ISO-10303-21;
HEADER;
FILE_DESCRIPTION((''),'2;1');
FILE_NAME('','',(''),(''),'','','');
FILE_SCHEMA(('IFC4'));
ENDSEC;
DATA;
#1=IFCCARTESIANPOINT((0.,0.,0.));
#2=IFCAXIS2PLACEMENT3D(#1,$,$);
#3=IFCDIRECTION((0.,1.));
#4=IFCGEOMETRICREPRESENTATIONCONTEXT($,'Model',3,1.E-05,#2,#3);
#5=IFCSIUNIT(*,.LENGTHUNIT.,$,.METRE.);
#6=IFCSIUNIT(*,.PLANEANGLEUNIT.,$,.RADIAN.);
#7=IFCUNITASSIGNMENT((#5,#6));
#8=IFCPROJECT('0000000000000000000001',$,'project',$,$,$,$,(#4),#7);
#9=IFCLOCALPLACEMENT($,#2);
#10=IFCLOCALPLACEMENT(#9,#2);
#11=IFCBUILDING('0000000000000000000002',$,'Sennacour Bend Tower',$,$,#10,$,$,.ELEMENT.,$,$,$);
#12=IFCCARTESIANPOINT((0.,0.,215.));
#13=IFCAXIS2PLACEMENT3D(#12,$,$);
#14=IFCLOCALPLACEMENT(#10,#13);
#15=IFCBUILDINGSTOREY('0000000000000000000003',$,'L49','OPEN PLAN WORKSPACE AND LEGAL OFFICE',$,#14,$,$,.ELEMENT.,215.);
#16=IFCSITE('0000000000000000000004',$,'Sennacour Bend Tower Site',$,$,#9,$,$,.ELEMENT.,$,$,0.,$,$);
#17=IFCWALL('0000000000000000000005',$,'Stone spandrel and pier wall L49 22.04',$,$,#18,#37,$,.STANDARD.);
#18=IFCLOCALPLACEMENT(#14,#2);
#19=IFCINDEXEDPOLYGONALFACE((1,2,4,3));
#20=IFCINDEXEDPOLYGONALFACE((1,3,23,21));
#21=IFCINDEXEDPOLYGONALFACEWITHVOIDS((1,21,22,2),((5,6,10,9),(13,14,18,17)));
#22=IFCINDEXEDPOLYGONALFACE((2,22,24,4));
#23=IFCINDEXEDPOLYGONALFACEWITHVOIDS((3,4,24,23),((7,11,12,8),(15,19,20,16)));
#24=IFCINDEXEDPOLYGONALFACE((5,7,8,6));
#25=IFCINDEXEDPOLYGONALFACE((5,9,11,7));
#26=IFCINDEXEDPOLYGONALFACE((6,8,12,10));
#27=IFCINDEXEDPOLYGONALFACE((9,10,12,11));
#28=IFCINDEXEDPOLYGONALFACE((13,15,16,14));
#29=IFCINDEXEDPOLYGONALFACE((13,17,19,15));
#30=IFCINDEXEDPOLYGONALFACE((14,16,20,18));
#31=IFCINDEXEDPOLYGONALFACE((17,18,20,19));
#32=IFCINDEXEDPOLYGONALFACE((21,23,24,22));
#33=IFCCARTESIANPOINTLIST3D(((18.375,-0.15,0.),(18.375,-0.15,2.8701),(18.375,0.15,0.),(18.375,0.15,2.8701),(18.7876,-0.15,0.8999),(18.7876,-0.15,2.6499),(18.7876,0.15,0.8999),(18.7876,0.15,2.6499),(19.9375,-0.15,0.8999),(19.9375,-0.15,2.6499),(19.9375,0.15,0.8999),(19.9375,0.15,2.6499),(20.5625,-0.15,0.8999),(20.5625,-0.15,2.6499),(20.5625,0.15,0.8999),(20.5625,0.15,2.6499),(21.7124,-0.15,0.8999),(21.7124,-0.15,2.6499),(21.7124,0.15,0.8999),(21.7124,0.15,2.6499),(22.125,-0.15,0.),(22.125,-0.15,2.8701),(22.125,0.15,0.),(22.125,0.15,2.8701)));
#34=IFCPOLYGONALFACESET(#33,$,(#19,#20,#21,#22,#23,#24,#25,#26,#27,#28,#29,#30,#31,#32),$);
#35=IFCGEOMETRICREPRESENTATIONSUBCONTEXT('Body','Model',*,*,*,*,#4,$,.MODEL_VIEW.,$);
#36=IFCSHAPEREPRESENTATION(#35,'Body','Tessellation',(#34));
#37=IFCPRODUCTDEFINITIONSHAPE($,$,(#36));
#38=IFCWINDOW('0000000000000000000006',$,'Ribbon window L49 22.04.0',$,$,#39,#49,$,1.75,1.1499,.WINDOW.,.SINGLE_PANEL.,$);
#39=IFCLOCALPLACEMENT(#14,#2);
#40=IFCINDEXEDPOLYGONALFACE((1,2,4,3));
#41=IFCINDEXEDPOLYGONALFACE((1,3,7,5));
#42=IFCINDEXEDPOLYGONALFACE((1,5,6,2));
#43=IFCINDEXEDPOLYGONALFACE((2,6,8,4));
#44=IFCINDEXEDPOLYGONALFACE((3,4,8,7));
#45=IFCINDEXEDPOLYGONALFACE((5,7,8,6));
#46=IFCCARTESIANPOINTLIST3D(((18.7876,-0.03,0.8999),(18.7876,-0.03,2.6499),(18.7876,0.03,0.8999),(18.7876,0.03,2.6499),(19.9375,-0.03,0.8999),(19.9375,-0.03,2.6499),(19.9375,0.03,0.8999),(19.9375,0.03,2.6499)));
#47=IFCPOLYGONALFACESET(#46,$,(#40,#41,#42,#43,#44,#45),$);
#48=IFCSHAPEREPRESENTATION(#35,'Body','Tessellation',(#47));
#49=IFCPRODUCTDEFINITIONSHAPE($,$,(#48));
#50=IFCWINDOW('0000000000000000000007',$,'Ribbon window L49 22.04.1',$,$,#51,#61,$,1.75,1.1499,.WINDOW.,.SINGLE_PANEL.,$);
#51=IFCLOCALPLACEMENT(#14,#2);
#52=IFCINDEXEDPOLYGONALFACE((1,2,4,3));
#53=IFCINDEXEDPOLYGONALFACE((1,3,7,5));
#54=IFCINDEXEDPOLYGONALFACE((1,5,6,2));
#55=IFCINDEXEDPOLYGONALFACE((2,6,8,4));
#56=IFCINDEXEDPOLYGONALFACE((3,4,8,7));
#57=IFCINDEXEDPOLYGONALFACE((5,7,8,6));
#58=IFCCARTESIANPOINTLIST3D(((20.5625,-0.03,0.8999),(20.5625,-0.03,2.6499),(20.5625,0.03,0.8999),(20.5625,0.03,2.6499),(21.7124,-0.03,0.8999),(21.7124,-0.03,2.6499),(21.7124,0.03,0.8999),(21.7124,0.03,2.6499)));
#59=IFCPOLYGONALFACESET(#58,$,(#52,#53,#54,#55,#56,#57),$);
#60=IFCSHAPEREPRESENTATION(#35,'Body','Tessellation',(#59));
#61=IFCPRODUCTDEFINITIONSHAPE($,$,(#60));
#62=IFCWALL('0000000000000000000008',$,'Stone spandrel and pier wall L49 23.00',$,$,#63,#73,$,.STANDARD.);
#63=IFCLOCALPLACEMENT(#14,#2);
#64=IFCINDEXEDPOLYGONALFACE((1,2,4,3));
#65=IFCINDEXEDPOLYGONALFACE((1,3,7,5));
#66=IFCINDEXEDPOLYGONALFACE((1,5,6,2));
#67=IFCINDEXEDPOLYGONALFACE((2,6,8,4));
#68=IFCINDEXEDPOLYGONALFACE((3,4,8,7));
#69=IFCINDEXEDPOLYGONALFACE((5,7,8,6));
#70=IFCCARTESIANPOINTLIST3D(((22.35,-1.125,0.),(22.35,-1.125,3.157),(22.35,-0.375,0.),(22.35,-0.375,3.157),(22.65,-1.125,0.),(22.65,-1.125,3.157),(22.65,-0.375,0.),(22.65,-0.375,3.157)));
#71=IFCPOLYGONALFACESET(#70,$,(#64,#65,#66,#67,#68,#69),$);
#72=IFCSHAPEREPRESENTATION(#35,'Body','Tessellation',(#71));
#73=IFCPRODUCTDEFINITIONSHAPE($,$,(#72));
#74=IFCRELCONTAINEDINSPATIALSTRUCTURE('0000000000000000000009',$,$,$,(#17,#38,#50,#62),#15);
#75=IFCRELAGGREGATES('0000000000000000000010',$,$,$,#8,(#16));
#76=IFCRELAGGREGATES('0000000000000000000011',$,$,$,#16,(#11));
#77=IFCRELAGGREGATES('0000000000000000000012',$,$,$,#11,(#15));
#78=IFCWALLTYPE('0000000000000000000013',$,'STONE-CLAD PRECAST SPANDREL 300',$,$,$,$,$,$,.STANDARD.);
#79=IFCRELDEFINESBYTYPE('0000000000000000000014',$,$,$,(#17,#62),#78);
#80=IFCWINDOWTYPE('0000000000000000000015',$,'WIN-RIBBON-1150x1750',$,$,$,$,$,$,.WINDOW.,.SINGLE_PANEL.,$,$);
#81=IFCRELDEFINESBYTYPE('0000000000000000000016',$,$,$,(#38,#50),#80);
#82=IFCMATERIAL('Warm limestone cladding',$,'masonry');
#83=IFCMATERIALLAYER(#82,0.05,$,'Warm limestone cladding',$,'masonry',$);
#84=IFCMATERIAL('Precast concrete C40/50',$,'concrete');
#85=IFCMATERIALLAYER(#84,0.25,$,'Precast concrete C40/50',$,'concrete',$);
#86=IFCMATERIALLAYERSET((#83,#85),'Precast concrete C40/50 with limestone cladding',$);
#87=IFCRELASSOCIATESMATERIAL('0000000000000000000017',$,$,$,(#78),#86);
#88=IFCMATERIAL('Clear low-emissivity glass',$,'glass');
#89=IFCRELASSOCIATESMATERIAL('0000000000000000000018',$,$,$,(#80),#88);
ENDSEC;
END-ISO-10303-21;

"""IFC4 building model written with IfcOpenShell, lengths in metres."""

from ifc_helpers import new_model, si_unit, direction, frame, frame_2d, origin, place, context, subcontext, project, spatial, rectangle, extrude, material, layer, layer_set, type_object, element, fill, save


model = new_model("IFC4")

# Units and contexts
model_context = context("Model", 3, precision=1e-05, world=origin(), true_north=direction((0.0, 1.0)))
body_context = subcontext(model_context, "Body", "Model", "MODEL_VIEW")
ifc_project = project(units=[si_unit("LENGTHUNIT", "METRE"), si_unit("PLANEANGLEUNIT", "RADIAN")], contexts=[model_context])

# Site, building, storey
site_placement = place(None, origin())
site = spatial("IfcSite", under=ifc_project, at=site_placement, Name="Sennacour Bend Tower Site", CompositionType="ELEMENT", RefElevation=0.0)
building_placement = place(site_placement, origin())
building = spatial("IfcBuilding", under=site, at=building_placement, Name="Sennacour Bend Tower", CompositionType="ELEMENT")
storey_placement = place(building_placement, frame((0.0, 0.0, 215.0)))
storey = spatial("IfcBuildingStorey", under=building, at=storey_placement, Name="L49", Description="OPEN PLAN WORKSPACE AND LEGAL OFFICE", CompositionType="ELEMENT", Elevation=215.0)

# Wall, openings, windows
ifc_material_1 = material(Name="Warm limestone cladding", Category="masonry")
ifc_layer_1 = layer(ifc_material_1, 0.05, Name="Warm limestone cladding", Category="masonry")
ifc_material_2 = material(Name="Precast concrete C40/50", Category="concrete")
ifc_layer_2 = layer(ifc_material_2, 0.25, Name="Precast concrete C40/50", Category="concrete")
ifc_layer_set_1 = layer_set([ifc_layer_1, ifc_layer_2], Name="Precast concrete C40/50 with limestone cladding")
wall_type_1 = type_object("IfcWallType", Name="STONE-CLAD PRECAST SPANDREL 300", PredefinedType="STANDARD", material=ifc_layer_set_1)
ifc_material_3 = material(Name="Clear low-emissivity glass", Category="glass")
wall_1_placement = place(storey_placement, frame((18.375, 0.0, 0.0), z_axis=(0.0, 0.0, 1.0), x_axis=(1.0, 0.0, 0.0)))
wall_1 = element("IfcWall", 1, at=wall_1_placement, inside=storey, type_object=wall_type_1, Name="Stone spandrel and pier wall L49 22.04", PredefinedType="STANDARD", context=body_context, shape_type="SweptSolid", body=[
    extrude(rectangle(XDim=3.75, YDim=0.3, at=frame_2d((1.875, 0.0))), origin(), (0.0, 0.0, 1.0), 2.8701),
])
opening_1_placement = place(wall_1_placement, frame((0.4126, 0.0, 0.8999)))
opening_1 = element("IfcOpeningElement", 2, at=opening_1_placement, cuts=wall_1, PredefinedType="OPENING", context=body_context, shape_type="SweptSolid", body=[
    extrude(rectangle(XDim=1.1499, YDim=1.75, at=frame_2d((0.575, 0.875))), frame((0.0, 0.1602, 0.0), z_axis=(0.0, -1.0, 0.0), x_axis=(1.0, 0.0, 0.0)), (0.0, 0.0, 1.0), 0.3201),
])
opening_2_placement = place(wall_1_placement, frame((2.1875, 0.0, 0.8999)))
opening_2 = element("IfcOpeningElement", 3, at=opening_2_placement, cuts=wall_1, PredefinedType="OPENING", context=body_context, shape_type="SweptSolid", body=[
    extrude(rectangle(XDim=1.1499, YDim=1.75, at=frame_2d((0.575, 0.875))), frame((0.0, 0.1602, 0.0), z_axis=(0.0, -1.0, 0.0), x_axis=(1.0, 0.0, 0.0)), (0.0, 0.0, 1.0), 0.3201),
])
window_type_1 = type_object("IfcWindowType", Name="WIN-RIBBON-1150x1750", PartitioningType="SINGLE_PANEL", PredefinedType="WINDOW", material=ifc_material_3)
window_1_placement = place(opening_1_placement, origin())
window_1 = element("IfcWindow", 4, at=window_1_placement, inside=storey, type_object=window_type_1, Name="Ribbon window L49 22.04.0", OverallHeight=1.75, OverallWidth=1.1499, PartitioningType="SINGLE_PANEL", PredefinedType="WINDOW", context=body_context, shape_type="SweptSolid", body=[
    extrude(rectangle(XDim=1.1499, YDim=1.75, at=frame_2d((0.575, 0.875))), frame((0.0, 0.03, 0.0), z_axis=(0.0, -1.0, 0.0), x_axis=(1.0, 0.0, 0.0)), (0.0, 0.0, 1.0), 0.0601),
])
fill(opening_1, window_1)
window_2_placement = place(opening_2_placement, origin())
window_2 = element("IfcWindow", 5, at=window_2_placement, inside=storey, type_object=window_type_1, Name="Ribbon window L49 22.04.1", OverallHeight=1.75, OverallWidth=1.1499, PartitioningType="SINGLE_PANEL", PredefinedType="WINDOW", context=body_context, shape_type="SweptSolid", body=[
    extrude(rectangle(XDim=1.1499, YDim=1.75, at=frame_2d((0.575, 0.875))), frame((0.0, 0.03, 0.0), z_axis=(0.0, -1.0, 0.0), x_axis=(1.0, 0.0, 0.0)), (0.0, 0.0, 1.0), 0.0601),
])
fill(opening_2, window_2)

# Wall
wall_2_placement = place(storey_placement, frame((22.5, -0.375, 0.0), z_axis=(0.0, 0.0, 1.0), x_axis=(0.0, -1.0, 0.0)))
element("IfcWall", 6, at=wall_2_placement, inside=storey, type_object=wall_type_1, Name="Stone spandrel and pier wall L49 23.00", PredefinedType="STANDARD", context=body_context, shape_type="SweptSolid", body=[
    extrude(rectangle(XDim=0.75, YDim=0.3, at=frame_2d((0.375, 0.0))), origin(), (0.0, 0.0, 1.0), 3.157),
])

save(model, "model.ifc")
